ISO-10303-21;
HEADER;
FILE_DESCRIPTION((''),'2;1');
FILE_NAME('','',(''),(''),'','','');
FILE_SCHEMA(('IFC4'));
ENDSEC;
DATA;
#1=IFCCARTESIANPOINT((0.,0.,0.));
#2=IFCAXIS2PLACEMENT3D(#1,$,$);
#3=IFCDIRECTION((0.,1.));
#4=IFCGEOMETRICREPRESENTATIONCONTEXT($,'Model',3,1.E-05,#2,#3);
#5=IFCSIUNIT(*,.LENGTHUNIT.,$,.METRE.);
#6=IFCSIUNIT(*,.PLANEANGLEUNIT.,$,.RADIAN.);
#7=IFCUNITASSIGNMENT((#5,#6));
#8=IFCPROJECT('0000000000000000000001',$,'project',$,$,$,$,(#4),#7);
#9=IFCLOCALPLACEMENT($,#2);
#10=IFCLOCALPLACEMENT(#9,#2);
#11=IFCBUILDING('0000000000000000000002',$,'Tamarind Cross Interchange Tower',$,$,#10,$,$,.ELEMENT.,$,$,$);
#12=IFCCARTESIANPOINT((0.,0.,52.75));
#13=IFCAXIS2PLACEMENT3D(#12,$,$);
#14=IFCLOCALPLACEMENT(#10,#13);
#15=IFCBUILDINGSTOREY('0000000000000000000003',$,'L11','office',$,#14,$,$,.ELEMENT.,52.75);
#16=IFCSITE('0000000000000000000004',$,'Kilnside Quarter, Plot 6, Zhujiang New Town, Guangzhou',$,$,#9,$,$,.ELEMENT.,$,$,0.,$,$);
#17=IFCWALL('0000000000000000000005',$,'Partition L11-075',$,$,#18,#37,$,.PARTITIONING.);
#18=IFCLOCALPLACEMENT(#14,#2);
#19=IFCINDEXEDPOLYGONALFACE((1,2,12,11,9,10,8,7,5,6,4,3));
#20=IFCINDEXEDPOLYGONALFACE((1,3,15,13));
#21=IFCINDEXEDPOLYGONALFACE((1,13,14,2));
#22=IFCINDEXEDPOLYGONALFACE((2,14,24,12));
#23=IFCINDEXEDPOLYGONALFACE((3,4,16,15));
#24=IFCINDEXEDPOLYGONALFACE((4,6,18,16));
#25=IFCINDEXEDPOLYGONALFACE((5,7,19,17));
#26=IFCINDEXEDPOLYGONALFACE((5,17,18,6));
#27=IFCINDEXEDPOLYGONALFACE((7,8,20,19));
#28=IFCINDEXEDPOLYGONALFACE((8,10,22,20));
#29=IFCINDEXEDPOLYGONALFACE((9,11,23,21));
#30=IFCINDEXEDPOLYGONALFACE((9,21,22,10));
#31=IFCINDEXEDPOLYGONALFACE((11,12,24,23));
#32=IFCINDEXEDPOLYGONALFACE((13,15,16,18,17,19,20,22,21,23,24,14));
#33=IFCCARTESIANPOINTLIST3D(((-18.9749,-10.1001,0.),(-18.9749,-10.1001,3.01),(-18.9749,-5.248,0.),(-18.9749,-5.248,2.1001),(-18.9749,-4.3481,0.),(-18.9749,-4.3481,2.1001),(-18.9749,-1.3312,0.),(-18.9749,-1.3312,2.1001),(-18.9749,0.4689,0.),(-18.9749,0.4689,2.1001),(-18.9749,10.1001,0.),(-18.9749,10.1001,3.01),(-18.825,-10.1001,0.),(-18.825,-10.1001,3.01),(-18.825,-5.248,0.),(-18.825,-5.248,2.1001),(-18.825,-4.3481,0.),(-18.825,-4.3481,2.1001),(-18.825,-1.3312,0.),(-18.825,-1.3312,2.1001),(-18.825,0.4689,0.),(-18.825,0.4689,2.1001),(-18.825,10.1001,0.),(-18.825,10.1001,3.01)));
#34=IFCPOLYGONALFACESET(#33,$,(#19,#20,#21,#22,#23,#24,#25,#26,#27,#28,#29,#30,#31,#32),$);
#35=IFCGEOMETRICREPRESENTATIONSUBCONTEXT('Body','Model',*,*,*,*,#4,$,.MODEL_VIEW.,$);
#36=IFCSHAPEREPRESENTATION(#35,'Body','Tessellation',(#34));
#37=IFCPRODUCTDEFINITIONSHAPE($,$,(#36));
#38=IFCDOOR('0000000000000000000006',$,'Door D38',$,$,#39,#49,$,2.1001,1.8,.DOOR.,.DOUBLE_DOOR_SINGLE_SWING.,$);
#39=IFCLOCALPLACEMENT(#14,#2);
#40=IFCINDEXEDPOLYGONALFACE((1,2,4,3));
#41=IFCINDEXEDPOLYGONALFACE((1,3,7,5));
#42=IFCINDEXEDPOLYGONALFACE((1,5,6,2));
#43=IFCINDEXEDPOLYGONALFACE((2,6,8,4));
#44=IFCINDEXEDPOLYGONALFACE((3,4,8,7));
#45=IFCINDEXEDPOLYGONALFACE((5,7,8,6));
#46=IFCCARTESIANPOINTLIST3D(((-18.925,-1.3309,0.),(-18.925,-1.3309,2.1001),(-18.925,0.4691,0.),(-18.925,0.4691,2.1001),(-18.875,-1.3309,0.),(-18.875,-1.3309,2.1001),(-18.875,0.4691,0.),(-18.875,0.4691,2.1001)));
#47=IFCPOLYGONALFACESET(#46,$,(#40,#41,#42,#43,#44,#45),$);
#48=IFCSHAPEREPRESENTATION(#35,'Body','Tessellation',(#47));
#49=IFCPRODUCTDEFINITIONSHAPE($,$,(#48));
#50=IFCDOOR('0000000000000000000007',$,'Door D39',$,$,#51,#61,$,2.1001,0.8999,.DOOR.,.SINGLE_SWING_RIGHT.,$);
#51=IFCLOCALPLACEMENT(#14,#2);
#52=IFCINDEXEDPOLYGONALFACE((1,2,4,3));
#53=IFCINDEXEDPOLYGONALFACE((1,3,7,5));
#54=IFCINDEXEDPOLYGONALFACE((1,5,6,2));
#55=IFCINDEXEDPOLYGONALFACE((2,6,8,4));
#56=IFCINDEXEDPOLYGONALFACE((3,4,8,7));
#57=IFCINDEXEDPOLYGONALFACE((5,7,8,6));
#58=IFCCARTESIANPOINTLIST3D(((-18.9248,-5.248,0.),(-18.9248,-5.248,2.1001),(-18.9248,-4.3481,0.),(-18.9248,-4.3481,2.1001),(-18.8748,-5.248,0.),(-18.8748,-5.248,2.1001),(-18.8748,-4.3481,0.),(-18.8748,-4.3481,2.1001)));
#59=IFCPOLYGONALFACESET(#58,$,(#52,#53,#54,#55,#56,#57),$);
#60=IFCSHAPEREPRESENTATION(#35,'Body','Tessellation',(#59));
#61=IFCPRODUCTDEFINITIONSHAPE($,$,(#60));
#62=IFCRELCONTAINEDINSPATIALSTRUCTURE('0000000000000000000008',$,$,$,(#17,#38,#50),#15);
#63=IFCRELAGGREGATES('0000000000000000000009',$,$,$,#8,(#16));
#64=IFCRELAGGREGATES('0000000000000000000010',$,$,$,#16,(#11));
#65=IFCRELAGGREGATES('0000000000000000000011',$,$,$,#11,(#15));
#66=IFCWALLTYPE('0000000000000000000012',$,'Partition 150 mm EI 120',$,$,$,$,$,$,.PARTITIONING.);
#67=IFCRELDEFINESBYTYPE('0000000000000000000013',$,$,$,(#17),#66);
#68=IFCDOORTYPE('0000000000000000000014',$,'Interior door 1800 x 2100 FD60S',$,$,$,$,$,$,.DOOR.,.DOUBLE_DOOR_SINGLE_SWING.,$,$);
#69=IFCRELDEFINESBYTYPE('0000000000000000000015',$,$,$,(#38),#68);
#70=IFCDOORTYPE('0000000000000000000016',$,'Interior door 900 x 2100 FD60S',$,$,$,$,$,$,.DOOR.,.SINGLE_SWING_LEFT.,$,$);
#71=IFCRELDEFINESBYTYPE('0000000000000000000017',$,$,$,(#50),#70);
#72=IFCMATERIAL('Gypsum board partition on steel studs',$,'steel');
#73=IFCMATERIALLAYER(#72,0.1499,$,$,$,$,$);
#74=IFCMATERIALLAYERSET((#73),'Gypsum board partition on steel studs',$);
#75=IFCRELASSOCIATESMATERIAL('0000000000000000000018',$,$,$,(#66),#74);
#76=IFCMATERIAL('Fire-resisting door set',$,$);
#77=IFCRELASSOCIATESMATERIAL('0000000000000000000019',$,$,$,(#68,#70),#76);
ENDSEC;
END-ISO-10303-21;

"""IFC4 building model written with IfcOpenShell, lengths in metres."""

from ifc_helpers import new_model, si_unit, direction, frame, frame_2d, origin, place, context, subcontext, project, spatial, rectangle, extrude, material, layer, layer_set, type_object, element, fill, save


model = new_model("IFC4")

# Units and contexts
model_context = context("Model", 3, precision=1e-05, world=origin(), true_north=direction((0.0, 1.0)))
body_context = subcontext(model_context, "Body", "Model", "MODEL_VIEW")
ifc_project = project(units=[si_unit("LENGTHUNIT", "METRE"), si_unit("PLANEANGLEUNIT", "RADIAN")], contexts=[model_context])

# Site, building, storey
site_placement = place(None, origin())
site = spatial("IfcSite", under=ifc_project, at=site_placement, Name="Kilnside Quarter, Plot 6, Zhujiang New Town, Guangzhou", CompositionType="ELEMENT", RefElevation=0.0)
building_placement = place(site_placement, origin())
building = spatial("IfcBuilding", under=site, at=building_placement, Name="Tamarind Cross Interchange Tower", CompositionType="ELEMENT")
storey_placement = place(building_placement, frame((0.0, 0.0, 52.75)))
storey = spatial("IfcBuildingStorey", under=building, at=storey_placement, Name="L11", Description="office", CompositionType="ELEMENT", Elevation=52.75)

# Shared definitions
ifc_material_1 = material(Name="Gypsum board partition on steel studs", Category="steel")
ifc_layer_1 = layer(ifc_material_1, 0.1499)
ifc_layer_set_1 = layer_set([ifc_layer_1], Name="Gypsum board partition on steel studs")
wall_type_1 = type_object("IfcWallType", Name="Partition 150 mm EI 120", PredefinedType="PARTITIONING", material=ifc_layer_set_1)

# Wall, openings, doors
ifc_material_2 = material(Name="Fire-resisting door set")
door_type_1 = type_object("IfcDoorType", Name="Interior door 1800 x 2100 FD60S", OperationType="DOUBLE_DOOR_SINGLE_SWING", PredefinedType="DOOR", material=ifc_material_2)
wall_1_placement = place(storey_placement, frame((-18.8999, -10.1001, 0.0), z_axis=(0.0, 0.0, 1.0), x_axis=(0.0, 1.0, 0.0)))
wall_1 = element("IfcWall", 1, at=wall_1_placement, inside=storey, type_object=wall_type_1, Name="Partition L11-075", PredefinedType="PARTITIONING", context=body_context, shape_type="SweptSolid", body=[
    extrude(rectangle(XDim=20.2002, YDim=0.1499, at=frame_2d((10.1001, 0.0))), origin(), (0.0, 0.0, 1.0), 3.01),
])
opening_1_placement = place(wall_1_placement, frame((8.769, 0.0, 0.0)))
opening_1 = element("IfcOpeningElement", 2, at=opening_1_placement, cuts=wall_1, PredefinedType="OPENING", context=body_context, shape_type="SweptSolid", body=[
    extrude(rectangle(XDim=1.8, YDim=2.1001, at=frame_2d((0.8999, 1.05))), frame((0.0, 0.085, 0.0), z_axis=(0.0, -1.0, 0.0), x_axis=(1.0, 0.0, 0.0)), (0.0, 0.0, 1.0), 0.1699),
])
opening_2_placement = place(wall_1_placement, frame((4.8521, 0.0, 0.0)))
opening_2 = element("IfcOpeningElement", 3, at=opening_2_placement, cuts=wall_1, PredefinedType="OPENING", context=body_context, shape_type="SweptSolid", body=[
    extrude(rectangle(XDim=0.8999, YDim=2.1001, at=frame_2d((0.45, 1.05))), frame((0.0, 0.085, 0.0), z_axis=(0.0, -1.0, 0.0), x_axis=(1.0, 0.0, 0.0)), (0.0, 0.0, 1.0), 0.1699),
])
door_1_placement = place(opening_1_placement, frame((1.8, 0.0, 0.0), z_axis=(0.0, 0.0, 1.0), x_axis=(-1.0, 0.0, 0.0)))
door_1 = element("IfcDoor", 4, at=door_1_placement, inside=storey, type_object=door_type_1, Name="Door D38", OperationType="DOUBLE_DOOR_SINGLE_SWING", OverallHeight=2.1001, OverallWidth=1.8, PredefinedType="DOOR", context=body_context, shape_type="SweptSolid", body=[
    extrude(rectangle(XDim=1.8, YDim=2.1001, at=frame_2d((0.8999, 1.05))), frame((0.0, 0.0249, 0.0), z_axis=(0.0, -1.0, 0.0), x_axis=(1.0, 0.0, 0.0)), (0.0, 0.0, 1.0), 0.05),
])
fill(opening_1, door_1)
door_type_2 = type_object("IfcDoorType", Name="Interior door 900 x 2100 FD60S", OperationType="SINGLE_SWING_LEFT", PredefinedType="DOOR", material=ifc_material_2)
door_2_placement = place(opening_2_placement, origin())
door_2 = element("IfcDoor", 5, at=door_2_placement, inside=storey, type_object=door_type_2, Name="Door D39", OperationType="SINGLE_SWING_RIGHT", OverallHeight=2.1001, OverallWidth=0.8999, PredefinedType="DOOR", context=body_context, shape_type="SweptSolid", body=[
    extrude(rectangle(XDim=0.8999, YDim=2.1001, at=frame_2d((0.45, 1.05))), frame((0.0, 0.0249, 0.0), z_axis=(0.0, -1.0, 0.0), x_axis=(1.0, 0.0, 0.0)), (0.0, 0.0, 1.0), 0.05),
])
fill(opening_2, door_2)

save(model, "model.ifc")
